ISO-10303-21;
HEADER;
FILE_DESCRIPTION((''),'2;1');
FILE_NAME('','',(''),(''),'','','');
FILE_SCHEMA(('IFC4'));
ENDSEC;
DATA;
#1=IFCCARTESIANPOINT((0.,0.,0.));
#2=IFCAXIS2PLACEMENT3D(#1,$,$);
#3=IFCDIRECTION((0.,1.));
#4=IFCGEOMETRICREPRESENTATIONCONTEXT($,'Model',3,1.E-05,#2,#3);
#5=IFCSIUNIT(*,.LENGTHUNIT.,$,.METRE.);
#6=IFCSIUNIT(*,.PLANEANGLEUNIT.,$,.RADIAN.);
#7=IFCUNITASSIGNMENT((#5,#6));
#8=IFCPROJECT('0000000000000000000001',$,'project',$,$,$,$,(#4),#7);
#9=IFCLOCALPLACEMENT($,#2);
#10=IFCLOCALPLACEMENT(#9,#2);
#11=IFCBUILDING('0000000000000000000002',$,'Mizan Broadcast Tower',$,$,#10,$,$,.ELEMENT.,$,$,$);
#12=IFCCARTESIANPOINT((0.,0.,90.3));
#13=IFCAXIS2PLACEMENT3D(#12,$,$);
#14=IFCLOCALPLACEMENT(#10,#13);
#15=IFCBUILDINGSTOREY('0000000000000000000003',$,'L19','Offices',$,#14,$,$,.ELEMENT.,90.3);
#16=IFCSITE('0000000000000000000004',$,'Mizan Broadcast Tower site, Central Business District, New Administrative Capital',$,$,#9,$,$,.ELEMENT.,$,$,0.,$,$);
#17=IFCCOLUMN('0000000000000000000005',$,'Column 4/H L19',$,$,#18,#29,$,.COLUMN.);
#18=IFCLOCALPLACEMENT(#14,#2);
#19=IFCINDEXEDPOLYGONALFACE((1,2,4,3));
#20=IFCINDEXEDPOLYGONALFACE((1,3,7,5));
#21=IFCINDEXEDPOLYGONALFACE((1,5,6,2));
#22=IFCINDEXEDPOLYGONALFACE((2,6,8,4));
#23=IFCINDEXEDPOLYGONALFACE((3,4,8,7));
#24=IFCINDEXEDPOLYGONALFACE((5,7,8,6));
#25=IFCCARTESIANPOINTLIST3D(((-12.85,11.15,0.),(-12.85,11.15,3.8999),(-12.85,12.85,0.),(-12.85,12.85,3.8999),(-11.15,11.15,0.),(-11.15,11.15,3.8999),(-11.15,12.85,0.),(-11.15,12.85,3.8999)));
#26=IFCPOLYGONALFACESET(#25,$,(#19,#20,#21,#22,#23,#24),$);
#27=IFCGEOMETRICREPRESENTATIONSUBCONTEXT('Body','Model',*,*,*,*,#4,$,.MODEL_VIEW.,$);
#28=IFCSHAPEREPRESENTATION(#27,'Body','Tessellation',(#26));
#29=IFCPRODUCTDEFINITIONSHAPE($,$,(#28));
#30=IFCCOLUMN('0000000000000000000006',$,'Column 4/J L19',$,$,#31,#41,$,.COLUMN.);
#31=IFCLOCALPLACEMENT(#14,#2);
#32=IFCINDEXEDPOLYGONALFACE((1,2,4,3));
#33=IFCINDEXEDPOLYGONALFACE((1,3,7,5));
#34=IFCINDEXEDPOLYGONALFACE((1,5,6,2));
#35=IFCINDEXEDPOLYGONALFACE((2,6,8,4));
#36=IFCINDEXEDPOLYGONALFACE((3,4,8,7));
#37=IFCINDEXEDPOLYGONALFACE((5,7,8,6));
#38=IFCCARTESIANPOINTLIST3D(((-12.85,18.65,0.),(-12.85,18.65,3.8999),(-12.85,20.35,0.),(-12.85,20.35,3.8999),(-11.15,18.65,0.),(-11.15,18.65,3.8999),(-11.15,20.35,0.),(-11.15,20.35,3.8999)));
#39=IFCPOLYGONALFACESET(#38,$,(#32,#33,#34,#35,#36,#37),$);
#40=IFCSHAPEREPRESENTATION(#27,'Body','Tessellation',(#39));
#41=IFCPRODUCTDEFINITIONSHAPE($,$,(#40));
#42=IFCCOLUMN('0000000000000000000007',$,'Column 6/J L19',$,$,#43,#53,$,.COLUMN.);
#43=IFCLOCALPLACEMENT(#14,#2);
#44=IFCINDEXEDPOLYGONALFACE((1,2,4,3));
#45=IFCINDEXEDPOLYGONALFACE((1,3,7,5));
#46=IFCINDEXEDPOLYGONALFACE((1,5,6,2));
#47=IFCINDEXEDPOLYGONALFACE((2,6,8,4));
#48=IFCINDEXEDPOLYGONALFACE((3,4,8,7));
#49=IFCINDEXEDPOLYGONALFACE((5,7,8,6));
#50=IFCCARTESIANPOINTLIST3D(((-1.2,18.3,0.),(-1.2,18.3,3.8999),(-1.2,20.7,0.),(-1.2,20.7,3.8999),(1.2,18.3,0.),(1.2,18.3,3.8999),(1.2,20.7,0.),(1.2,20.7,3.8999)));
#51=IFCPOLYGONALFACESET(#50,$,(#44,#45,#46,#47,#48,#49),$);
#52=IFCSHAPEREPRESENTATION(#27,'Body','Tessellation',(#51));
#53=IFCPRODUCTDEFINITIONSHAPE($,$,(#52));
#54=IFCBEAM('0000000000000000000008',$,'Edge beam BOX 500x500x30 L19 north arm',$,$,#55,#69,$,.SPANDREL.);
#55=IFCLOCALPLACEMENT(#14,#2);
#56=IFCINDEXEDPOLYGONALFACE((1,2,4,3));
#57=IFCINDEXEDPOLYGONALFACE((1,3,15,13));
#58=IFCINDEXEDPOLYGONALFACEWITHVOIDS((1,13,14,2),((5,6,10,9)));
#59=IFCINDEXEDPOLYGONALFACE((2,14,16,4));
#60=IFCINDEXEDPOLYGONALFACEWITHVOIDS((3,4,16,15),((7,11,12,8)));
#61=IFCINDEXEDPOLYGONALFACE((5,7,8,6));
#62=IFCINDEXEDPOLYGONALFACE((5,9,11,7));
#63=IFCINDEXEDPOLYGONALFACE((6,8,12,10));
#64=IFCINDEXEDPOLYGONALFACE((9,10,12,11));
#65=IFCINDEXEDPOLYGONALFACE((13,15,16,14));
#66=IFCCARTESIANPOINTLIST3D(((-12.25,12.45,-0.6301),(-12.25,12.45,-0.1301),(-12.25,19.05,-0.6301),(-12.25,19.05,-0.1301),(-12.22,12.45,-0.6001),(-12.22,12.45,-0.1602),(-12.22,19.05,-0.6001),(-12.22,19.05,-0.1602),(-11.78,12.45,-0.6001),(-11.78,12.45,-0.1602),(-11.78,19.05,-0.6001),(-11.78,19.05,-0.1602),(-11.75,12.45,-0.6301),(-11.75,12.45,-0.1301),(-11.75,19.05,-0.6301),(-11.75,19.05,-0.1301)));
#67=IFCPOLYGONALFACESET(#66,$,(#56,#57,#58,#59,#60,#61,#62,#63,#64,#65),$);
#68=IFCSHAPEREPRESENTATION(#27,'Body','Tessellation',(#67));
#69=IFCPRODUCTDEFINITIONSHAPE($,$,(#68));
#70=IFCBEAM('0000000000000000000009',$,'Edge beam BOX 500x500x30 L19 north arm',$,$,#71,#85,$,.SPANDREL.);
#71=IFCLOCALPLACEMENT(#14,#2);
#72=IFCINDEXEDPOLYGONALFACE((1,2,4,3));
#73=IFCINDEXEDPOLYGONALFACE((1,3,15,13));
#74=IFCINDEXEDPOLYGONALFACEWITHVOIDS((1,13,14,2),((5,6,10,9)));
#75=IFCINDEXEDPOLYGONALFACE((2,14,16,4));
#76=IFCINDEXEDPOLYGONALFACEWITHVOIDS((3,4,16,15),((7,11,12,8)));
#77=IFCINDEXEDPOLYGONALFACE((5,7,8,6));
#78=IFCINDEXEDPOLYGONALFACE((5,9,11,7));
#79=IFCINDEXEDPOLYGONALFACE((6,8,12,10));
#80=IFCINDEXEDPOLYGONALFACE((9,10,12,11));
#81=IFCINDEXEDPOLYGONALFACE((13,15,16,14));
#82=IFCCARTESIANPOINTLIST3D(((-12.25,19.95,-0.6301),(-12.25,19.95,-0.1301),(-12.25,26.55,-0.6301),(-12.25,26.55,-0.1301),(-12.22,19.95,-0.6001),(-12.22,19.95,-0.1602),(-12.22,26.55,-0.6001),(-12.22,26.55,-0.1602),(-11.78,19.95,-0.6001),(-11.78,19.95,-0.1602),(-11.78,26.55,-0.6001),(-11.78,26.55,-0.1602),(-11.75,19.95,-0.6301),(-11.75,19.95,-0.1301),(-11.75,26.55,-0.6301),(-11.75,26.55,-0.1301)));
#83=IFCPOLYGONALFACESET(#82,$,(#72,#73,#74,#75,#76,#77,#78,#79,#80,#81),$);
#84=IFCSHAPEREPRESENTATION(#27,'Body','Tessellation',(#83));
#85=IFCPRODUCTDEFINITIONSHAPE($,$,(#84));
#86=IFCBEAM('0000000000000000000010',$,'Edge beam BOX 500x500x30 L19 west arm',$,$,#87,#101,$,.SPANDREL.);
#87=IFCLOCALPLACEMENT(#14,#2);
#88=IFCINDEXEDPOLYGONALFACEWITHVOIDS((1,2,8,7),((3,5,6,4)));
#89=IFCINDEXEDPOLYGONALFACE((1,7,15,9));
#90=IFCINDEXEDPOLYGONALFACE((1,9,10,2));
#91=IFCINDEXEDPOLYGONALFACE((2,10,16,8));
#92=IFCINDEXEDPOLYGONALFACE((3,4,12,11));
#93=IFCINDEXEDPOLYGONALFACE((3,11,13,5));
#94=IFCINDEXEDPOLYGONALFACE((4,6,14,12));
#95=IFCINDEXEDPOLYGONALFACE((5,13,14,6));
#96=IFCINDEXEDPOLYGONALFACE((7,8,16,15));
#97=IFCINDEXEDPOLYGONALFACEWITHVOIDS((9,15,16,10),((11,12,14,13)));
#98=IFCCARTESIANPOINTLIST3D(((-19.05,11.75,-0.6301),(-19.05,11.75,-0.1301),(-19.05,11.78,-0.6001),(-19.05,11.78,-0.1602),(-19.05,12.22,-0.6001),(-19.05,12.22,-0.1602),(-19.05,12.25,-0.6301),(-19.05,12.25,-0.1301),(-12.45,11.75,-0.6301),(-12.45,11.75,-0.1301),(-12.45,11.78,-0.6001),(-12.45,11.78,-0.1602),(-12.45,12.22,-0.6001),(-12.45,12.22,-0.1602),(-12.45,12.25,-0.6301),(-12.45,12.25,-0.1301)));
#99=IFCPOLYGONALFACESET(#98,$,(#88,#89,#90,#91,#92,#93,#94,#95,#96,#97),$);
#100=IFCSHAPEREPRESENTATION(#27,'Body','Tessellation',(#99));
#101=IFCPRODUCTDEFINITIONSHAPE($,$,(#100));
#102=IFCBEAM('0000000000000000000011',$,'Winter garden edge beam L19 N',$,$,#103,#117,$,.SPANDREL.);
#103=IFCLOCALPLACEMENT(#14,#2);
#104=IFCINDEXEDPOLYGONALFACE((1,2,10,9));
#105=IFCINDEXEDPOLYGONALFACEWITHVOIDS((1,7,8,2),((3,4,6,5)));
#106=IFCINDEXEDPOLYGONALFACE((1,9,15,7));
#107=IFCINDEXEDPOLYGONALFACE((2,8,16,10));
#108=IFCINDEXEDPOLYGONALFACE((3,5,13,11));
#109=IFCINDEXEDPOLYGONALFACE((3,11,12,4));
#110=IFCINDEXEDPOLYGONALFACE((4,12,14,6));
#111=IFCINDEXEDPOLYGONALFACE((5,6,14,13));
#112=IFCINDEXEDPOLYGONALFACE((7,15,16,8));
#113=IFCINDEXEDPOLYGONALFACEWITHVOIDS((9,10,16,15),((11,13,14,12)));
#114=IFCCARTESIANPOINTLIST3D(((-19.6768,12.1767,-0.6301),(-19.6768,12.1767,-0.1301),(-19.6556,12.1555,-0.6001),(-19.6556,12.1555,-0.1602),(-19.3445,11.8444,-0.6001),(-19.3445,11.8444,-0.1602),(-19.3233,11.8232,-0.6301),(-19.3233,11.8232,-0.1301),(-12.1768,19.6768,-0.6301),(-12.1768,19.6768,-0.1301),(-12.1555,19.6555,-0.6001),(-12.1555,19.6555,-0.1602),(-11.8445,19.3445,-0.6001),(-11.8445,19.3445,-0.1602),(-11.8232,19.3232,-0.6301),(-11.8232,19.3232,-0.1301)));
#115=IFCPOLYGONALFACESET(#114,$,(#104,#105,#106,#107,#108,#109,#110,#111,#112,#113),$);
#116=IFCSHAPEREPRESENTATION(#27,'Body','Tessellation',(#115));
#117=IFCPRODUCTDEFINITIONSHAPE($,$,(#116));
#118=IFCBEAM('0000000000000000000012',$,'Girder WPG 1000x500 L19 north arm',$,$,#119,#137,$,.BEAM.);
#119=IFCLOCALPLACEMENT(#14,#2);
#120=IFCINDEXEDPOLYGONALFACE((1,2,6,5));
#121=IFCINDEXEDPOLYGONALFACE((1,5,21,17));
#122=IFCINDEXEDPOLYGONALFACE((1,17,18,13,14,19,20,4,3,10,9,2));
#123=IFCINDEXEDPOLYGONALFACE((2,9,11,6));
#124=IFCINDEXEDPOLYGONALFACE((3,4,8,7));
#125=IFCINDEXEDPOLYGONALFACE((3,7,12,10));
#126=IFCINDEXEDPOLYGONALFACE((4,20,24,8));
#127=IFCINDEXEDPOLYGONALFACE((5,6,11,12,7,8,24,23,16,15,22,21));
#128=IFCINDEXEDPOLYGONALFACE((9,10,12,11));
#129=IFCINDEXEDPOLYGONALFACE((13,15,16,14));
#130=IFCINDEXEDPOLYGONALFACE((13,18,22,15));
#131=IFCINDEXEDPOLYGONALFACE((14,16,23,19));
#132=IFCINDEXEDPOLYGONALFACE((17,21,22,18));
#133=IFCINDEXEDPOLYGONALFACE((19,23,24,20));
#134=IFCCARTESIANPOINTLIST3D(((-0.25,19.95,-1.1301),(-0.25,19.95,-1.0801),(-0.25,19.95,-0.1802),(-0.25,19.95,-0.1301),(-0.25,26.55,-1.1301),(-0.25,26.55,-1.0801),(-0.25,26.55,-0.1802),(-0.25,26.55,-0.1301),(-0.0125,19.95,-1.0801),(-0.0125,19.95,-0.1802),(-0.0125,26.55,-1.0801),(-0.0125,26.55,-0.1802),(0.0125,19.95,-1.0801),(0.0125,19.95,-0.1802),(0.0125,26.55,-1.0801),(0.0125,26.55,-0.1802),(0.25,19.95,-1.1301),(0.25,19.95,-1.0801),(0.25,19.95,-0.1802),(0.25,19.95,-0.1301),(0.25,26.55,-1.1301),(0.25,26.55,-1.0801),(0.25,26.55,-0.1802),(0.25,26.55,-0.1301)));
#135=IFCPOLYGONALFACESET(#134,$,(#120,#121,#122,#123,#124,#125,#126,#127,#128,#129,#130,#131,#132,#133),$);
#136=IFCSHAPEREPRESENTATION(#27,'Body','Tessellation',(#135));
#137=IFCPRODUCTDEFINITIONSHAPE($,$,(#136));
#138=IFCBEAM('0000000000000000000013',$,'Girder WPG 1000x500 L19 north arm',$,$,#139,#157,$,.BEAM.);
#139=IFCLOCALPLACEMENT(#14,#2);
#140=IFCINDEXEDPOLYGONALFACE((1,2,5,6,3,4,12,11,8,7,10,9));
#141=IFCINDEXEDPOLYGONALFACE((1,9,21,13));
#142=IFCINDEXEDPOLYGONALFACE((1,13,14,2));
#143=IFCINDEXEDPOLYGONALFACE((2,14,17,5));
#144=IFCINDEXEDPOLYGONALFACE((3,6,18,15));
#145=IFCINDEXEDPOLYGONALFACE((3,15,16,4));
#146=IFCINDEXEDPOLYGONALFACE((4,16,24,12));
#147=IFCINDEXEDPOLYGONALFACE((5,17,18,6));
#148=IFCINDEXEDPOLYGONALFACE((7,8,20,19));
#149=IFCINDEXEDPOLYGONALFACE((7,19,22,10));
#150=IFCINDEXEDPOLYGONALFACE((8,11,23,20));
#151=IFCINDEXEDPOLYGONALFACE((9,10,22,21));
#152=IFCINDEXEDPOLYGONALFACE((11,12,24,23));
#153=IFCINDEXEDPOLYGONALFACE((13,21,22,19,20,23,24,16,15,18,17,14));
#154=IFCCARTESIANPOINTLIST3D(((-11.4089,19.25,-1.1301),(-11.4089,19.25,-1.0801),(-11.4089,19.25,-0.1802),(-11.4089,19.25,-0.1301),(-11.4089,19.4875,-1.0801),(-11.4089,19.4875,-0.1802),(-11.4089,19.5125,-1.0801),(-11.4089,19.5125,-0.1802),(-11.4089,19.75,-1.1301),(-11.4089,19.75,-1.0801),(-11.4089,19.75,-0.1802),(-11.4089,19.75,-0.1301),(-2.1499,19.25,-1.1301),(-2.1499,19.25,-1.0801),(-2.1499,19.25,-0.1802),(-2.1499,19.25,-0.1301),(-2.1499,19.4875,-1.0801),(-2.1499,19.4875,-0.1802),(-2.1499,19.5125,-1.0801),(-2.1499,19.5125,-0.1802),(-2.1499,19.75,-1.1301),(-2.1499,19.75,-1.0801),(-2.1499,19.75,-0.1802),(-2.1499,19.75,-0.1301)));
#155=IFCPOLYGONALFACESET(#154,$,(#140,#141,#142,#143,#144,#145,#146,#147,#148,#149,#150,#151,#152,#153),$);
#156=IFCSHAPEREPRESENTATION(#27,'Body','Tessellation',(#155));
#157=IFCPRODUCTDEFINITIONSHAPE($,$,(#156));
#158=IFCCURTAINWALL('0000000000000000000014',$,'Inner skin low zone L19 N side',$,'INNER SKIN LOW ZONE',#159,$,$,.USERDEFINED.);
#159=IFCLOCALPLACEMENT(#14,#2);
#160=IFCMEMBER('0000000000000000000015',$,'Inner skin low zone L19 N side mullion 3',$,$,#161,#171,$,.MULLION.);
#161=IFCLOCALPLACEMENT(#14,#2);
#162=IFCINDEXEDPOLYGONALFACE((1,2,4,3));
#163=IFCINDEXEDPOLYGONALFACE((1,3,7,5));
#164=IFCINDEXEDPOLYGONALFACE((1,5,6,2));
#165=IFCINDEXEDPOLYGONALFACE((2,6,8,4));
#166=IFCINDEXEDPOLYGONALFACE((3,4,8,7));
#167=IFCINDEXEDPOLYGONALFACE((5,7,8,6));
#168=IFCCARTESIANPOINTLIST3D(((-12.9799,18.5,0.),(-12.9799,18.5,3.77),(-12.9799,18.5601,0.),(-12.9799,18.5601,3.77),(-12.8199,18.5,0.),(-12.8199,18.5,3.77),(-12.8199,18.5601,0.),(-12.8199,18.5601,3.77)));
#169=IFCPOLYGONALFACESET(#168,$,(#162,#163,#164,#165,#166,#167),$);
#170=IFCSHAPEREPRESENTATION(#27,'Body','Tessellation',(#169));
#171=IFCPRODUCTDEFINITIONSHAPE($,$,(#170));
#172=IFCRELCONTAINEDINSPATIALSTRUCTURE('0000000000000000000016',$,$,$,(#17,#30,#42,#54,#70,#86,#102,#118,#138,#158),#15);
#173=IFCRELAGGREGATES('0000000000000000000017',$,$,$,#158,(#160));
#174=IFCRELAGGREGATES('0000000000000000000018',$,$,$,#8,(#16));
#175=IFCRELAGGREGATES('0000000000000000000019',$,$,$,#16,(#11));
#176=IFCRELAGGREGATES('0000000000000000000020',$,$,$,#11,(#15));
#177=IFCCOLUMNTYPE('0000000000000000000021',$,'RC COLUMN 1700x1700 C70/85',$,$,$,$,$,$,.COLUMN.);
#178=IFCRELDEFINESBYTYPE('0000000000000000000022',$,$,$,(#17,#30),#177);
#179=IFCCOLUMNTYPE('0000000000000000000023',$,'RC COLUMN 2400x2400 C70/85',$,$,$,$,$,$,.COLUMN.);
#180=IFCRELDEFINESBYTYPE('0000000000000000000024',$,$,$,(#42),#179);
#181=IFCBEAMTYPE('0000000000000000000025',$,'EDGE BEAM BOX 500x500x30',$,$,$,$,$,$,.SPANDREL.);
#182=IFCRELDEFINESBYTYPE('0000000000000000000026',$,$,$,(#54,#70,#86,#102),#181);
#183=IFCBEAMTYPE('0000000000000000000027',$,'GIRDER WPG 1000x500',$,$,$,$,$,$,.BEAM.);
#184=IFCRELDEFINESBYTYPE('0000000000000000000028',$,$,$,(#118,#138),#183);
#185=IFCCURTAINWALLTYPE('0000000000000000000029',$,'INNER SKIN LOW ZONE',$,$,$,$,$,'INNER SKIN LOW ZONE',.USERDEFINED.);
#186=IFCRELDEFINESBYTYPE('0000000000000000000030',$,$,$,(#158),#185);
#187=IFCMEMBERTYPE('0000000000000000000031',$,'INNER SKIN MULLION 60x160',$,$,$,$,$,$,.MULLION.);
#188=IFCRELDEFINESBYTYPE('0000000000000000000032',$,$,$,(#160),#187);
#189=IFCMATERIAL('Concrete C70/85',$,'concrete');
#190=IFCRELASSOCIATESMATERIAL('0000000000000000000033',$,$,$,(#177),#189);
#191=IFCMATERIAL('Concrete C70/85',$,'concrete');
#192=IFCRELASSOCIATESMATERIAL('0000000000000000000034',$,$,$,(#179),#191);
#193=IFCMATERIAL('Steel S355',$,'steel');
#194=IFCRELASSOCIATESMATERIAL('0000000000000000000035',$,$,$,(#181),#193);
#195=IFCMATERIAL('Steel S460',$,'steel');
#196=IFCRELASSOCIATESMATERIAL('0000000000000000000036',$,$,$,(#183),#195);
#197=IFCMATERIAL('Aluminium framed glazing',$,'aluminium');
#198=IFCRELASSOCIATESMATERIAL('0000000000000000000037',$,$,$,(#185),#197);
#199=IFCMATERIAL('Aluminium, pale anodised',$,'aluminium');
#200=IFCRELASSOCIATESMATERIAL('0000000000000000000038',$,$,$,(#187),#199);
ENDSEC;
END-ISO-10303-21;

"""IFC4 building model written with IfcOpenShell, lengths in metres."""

from ifc_helpers import new_model, si_unit, direction, frame, origin, origin_2d, place, context, subcontext, project, spatial, rectangle, hollow_rectangle, i_section, extrude, material, material_profile, profile_set, type_object, element, aggregate, save


model = new_model("IFC4")

# Units and contexts
model_context = context("Model", 3, precision=1e-05, world=origin(), true_north=direction((0.0, 1.0)))
body_context = subcontext(model_context, "Body", "Model", "MODEL_VIEW")
ifc_project = project(units=[si_unit("LENGTHUNIT", "METRE"), si_unit("PLANEANGLEUNIT", "RADIAN")], contexts=[model_context])

# Site, building, storey
site_placement = place(None, origin())
site = spatial("IfcSite", under=ifc_project, at=site_placement, Name="Mizan Broadcast Tower site, Central Business District, New Administrative Capital", CompositionType="ELEMENT", RefElevation=0.0)
building_placement = place(site_placement, origin())
building = spatial("IfcBuilding", under=site, at=building_placement, Name="Mizan Broadcast Tower", CompositionType="ELEMENT")
storey_placement = place(building_placement, frame((0.0, 0.0, 90.3)))
storey = spatial("IfcBuildingStorey", under=building, at=storey_placement, Name="L19", Description="Offices", CompositionType="ELEMENT", Elevation=90.3)

# Columns
ifc_material_1 = material(Name="Concrete C70/85", Category="concrete")
ifc_material_profile_1 = material_profile(ifc_material_1, rectangle(XDim=1.7, YDim=1.7, at=origin_2d()), Name="RC 1700x1700")
ifc_profile_set_1 = profile_set([ifc_material_profile_1], Name="Concrete C70/85")
column_type_1 = type_object("IfcColumnType", Name="RC COLUMN 1700x1700 C70/85", PredefinedType="COLUMN", material=ifc_profile_set_1)
for number, where, z_axis, x_axis, name in (
    (1, (-12.0, 12.0, 0.0), (0.0, 0.0, 1.0), (1.0, 0.0, 0.0), "Column 4/H L19"),
    (2, (-12.0, 19.5, 0.0), (0.0, 0.0, 1.0), (1.0, 0.0, 0.0), "Column 4/J L19"),
):
    element("IfcColumn", number, at=place(storey_placement, frame(where, z_axis=z_axis, x_axis=x_axis)), inside=storey, type_object=column_type_1, Name=name, PredefinedType="COLUMN", context=body_context, shape_type="SweptSolid", body=[
        extrude(rectangle(XDim=1.7, YDim=1.7, at=origin_2d()), origin(), (0.0, 0.0, 1.0), 3.8999),
    ])
ifc_material_2 = material(Name="Concrete C70/85", Category="concrete")
ifc_material_profile_2 = material_profile(ifc_material_2, rectangle(XDim=2.3999, YDim=2.3999, at=origin_2d()), Name="RC 2400x2400")
ifc_profile_set_2 = profile_set([ifc_material_profile_2], Name="Concrete C70/85")
column_type_2 = type_object("IfcColumnType", Name="RC COLUMN 2400x2400 C70/85", PredefinedType="COLUMN", material=ifc_profile_set_2)
column_placement = place(storey_placement, frame((0.0, 19.5, 0.0), z_axis=(0.0, 0.0, 1.0), x_axis=(1.0, 0.0, 0.0)))
element("IfcColumn", 3, at=column_placement, inside=storey, type_object=column_type_2, Name="Column 6/J L19", PredefinedType="COLUMN", context=body_context, shape_type="SweptSolid", body=[
    extrude(rectangle(XDim=2.3999, YDim=2.3999, at=origin_2d()), origin(), (0.0, 0.0, 1.0), 3.8999),
])

# Beams
ifc_material_3 = material(Name="Steel S355", Category="steel")
ifc_material_profile_3 = material_profile(ifc_material_3, hollow_rectangle(XDim=0.5, YDim=0.5, WallThickness=0.03, at=origin_2d()), Name="BOX 500x500x30")
ifc_profile_set_3 = profile_set([ifc_material_profile_3], Name="Steel S355")
beam_type_1 = type_object("IfcBeamType", Name="EDGE BEAM BOX 500x500x30", PredefinedType="SPANDREL", material=ifc_profile_set_3)
for number, where, z_axis, x_axis, name in (
    (4, (-12.0, 12.45, -0.3801), (0.0, 1.0, 0.0), (-1.0, 0.0, 0.0), "Edge beam BOX 500x500x30 L19 north arm"),
    (5, (-12.0, 19.95, -0.3801), (0.0, 1.0, 0.0), (-1.0, 0.0, 0.0), "Edge beam BOX 500x500x30 L19 north arm"),
    (6, (-12.45, 12.0, -0.3801), (-1.0, 0.0, 0.0), (0.0, -1.0, 0.0), "Edge beam BOX 500x500x30 L19 west arm"),
):
    element("IfcBeam", number, at=place(storey_placement, frame(where, z_axis=z_axis, x_axis=x_axis)), inside=storey, type_object=beam_type_1, Name=name, PredefinedType="SPANDREL", context=body_context, shape_type="SweptSolid", body=[
        extrude(hollow_rectangle(XDim=0.5, YDim=0.5, WallThickness=0.03, at=origin_2d()), origin(), (0.0, 0.0, 1.0), 6.6001),
    ])
beam_1_placement = place(storey_placement, frame((-12.0, 19.5, -0.3801), z_axis=(-0.707107, -0.707107, 0.0), x_axis=(0.707107, -0.707107, 0.0)))
element("IfcBeam", 7, at=beam_1_placement, inside=storey, type_object=beam_type_1, Name="Winter garden edge beam L19 N", PredefinedType="SPANDREL", context=body_context, shape_type="SweptSolid", body=[
    extrude(hollow_rectangle(XDim=0.5, YDim=0.5, WallThickness=0.03, at=origin_2d()), origin(), (0.0, 0.0, 1.0), 10.6067),
])
ifc_material_4 = material(Name="Steel S460", Category="steel")
ifc_material_profile_4 = material_profile(ifc_material_4, i_section(OverallWidth=0.5, OverallDepth=1.0, WebThickness=0.0249, FlangeThickness=0.05, at=origin_2d()), Name="WPG 1000x500")
ifc_profile_set_4 = profile_set([ifc_material_profile_4], Name="Steel S460")
beam_type_2 = type_object("IfcBeamType", Name="GIRDER WPG 1000x500", PredefinedType="BEAM", material=ifc_profile_set_4)
beam_2_placement = place(storey_placement, frame((0.0, 19.95, -0.6301), z_axis=(0.0, 1.0, 0.0), x_axis=(-1.0, 0.0, 0.0)))
element("IfcBeam", 8, at=beam_2_placement, inside=storey, type_object=beam_type_2, Name="Girder WPG 1000x500 L19 north arm", PredefinedType="BEAM", context=body_context, shape_type="SweptSolid", body=[
    extrude(i_section(OverallWidth=0.5, OverallDepth=1.0, WebThickness=0.0249, FlangeThickness=0.05, at=origin_2d()), origin(), (0.0, 0.0, 1.0), 6.6001),
])
beam_3_placement = place(storey_placement, frame((-11.4089, 19.5, -0.6301), z_axis=(1.0, 0.0, 0.0), x_axis=(0.0, 1.0, 0.0)))
element("IfcBeam", 9, at=beam_3_placement, inside=storey, type_object=beam_type_2, Name="Girder WPG 1000x500 L19 north arm", PredefinedType="BEAM", context=body_context, shape_type="SweptSolid", body=[
    extrude(i_section(OverallWidth=0.5, OverallDepth=1.0, WebThickness=0.0249, FlangeThickness=0.05, at=origin_2d()), origin(), (0.0, 0.0, 1.0), 9.259),
])

# Curtain wall, member
ifc_material_5 = material(Name="Aluminium framed glazing", Category="aluminium")
curtain_wall_type = type_object("IfcCurtainWallType", Name="INNER SKIN LOW ZONE", ElementType="INNER SKIN LOW ZONE", PredefinedType="USERDEFINED", material=ifc_material_5)
curtain_wall_placement = place(storey_placement, origin())
curtain_wall = element("IfcCurtainWall", 10, at=curtain_wall_placement, inside=storey, type_object=curtain_wall_type, Name="Inner skin low zone L19 N side", ObjectType="INNER SKIN LOW ZONE", PredefinedType="USERDEFINED")
ifc_material_6 = material(Name="Aluminium, pale anodised", Category="aluminium")
ifc_material_profile_5 = material_profile(ifc_material_6, rectangle(XDim=0.1599, YDim=0.0601, at=origin_2d()), Name="MULLION 160x60")
ifc_profile_set_5 = profile_set([ifc_material_profile_5], Name="Aluminium, pale anodised")
member_type = type_object("IfcMemberType", Name="INNER SKIN MULLION 60x160", PredefinedType="MULLION", material=ifc_profile_set_5)
member_placement = place(storey_placement, frame((-12.8999, 18.53, 0.0), z_axis=(0.0, 0.0, 1.0), x_axis=(1.0, 0.0, 0.0)))
member = element("IfcMember", 11, at=member_placement, type_object=member_type, Name="Inner skin low zone L19 N side mullion 3", PredefinedType="MULLION", context=body_context, shape_type="SweptSolid", body=[
    extrude(rectangle(XDim=0.1599, YDim=0.0601, at=origin_2d()), origin(), (0.0, 0.0, 1.0), 3.77),
])

aggregate(curtain_wall, [member])

save(model, "model.ifc")
